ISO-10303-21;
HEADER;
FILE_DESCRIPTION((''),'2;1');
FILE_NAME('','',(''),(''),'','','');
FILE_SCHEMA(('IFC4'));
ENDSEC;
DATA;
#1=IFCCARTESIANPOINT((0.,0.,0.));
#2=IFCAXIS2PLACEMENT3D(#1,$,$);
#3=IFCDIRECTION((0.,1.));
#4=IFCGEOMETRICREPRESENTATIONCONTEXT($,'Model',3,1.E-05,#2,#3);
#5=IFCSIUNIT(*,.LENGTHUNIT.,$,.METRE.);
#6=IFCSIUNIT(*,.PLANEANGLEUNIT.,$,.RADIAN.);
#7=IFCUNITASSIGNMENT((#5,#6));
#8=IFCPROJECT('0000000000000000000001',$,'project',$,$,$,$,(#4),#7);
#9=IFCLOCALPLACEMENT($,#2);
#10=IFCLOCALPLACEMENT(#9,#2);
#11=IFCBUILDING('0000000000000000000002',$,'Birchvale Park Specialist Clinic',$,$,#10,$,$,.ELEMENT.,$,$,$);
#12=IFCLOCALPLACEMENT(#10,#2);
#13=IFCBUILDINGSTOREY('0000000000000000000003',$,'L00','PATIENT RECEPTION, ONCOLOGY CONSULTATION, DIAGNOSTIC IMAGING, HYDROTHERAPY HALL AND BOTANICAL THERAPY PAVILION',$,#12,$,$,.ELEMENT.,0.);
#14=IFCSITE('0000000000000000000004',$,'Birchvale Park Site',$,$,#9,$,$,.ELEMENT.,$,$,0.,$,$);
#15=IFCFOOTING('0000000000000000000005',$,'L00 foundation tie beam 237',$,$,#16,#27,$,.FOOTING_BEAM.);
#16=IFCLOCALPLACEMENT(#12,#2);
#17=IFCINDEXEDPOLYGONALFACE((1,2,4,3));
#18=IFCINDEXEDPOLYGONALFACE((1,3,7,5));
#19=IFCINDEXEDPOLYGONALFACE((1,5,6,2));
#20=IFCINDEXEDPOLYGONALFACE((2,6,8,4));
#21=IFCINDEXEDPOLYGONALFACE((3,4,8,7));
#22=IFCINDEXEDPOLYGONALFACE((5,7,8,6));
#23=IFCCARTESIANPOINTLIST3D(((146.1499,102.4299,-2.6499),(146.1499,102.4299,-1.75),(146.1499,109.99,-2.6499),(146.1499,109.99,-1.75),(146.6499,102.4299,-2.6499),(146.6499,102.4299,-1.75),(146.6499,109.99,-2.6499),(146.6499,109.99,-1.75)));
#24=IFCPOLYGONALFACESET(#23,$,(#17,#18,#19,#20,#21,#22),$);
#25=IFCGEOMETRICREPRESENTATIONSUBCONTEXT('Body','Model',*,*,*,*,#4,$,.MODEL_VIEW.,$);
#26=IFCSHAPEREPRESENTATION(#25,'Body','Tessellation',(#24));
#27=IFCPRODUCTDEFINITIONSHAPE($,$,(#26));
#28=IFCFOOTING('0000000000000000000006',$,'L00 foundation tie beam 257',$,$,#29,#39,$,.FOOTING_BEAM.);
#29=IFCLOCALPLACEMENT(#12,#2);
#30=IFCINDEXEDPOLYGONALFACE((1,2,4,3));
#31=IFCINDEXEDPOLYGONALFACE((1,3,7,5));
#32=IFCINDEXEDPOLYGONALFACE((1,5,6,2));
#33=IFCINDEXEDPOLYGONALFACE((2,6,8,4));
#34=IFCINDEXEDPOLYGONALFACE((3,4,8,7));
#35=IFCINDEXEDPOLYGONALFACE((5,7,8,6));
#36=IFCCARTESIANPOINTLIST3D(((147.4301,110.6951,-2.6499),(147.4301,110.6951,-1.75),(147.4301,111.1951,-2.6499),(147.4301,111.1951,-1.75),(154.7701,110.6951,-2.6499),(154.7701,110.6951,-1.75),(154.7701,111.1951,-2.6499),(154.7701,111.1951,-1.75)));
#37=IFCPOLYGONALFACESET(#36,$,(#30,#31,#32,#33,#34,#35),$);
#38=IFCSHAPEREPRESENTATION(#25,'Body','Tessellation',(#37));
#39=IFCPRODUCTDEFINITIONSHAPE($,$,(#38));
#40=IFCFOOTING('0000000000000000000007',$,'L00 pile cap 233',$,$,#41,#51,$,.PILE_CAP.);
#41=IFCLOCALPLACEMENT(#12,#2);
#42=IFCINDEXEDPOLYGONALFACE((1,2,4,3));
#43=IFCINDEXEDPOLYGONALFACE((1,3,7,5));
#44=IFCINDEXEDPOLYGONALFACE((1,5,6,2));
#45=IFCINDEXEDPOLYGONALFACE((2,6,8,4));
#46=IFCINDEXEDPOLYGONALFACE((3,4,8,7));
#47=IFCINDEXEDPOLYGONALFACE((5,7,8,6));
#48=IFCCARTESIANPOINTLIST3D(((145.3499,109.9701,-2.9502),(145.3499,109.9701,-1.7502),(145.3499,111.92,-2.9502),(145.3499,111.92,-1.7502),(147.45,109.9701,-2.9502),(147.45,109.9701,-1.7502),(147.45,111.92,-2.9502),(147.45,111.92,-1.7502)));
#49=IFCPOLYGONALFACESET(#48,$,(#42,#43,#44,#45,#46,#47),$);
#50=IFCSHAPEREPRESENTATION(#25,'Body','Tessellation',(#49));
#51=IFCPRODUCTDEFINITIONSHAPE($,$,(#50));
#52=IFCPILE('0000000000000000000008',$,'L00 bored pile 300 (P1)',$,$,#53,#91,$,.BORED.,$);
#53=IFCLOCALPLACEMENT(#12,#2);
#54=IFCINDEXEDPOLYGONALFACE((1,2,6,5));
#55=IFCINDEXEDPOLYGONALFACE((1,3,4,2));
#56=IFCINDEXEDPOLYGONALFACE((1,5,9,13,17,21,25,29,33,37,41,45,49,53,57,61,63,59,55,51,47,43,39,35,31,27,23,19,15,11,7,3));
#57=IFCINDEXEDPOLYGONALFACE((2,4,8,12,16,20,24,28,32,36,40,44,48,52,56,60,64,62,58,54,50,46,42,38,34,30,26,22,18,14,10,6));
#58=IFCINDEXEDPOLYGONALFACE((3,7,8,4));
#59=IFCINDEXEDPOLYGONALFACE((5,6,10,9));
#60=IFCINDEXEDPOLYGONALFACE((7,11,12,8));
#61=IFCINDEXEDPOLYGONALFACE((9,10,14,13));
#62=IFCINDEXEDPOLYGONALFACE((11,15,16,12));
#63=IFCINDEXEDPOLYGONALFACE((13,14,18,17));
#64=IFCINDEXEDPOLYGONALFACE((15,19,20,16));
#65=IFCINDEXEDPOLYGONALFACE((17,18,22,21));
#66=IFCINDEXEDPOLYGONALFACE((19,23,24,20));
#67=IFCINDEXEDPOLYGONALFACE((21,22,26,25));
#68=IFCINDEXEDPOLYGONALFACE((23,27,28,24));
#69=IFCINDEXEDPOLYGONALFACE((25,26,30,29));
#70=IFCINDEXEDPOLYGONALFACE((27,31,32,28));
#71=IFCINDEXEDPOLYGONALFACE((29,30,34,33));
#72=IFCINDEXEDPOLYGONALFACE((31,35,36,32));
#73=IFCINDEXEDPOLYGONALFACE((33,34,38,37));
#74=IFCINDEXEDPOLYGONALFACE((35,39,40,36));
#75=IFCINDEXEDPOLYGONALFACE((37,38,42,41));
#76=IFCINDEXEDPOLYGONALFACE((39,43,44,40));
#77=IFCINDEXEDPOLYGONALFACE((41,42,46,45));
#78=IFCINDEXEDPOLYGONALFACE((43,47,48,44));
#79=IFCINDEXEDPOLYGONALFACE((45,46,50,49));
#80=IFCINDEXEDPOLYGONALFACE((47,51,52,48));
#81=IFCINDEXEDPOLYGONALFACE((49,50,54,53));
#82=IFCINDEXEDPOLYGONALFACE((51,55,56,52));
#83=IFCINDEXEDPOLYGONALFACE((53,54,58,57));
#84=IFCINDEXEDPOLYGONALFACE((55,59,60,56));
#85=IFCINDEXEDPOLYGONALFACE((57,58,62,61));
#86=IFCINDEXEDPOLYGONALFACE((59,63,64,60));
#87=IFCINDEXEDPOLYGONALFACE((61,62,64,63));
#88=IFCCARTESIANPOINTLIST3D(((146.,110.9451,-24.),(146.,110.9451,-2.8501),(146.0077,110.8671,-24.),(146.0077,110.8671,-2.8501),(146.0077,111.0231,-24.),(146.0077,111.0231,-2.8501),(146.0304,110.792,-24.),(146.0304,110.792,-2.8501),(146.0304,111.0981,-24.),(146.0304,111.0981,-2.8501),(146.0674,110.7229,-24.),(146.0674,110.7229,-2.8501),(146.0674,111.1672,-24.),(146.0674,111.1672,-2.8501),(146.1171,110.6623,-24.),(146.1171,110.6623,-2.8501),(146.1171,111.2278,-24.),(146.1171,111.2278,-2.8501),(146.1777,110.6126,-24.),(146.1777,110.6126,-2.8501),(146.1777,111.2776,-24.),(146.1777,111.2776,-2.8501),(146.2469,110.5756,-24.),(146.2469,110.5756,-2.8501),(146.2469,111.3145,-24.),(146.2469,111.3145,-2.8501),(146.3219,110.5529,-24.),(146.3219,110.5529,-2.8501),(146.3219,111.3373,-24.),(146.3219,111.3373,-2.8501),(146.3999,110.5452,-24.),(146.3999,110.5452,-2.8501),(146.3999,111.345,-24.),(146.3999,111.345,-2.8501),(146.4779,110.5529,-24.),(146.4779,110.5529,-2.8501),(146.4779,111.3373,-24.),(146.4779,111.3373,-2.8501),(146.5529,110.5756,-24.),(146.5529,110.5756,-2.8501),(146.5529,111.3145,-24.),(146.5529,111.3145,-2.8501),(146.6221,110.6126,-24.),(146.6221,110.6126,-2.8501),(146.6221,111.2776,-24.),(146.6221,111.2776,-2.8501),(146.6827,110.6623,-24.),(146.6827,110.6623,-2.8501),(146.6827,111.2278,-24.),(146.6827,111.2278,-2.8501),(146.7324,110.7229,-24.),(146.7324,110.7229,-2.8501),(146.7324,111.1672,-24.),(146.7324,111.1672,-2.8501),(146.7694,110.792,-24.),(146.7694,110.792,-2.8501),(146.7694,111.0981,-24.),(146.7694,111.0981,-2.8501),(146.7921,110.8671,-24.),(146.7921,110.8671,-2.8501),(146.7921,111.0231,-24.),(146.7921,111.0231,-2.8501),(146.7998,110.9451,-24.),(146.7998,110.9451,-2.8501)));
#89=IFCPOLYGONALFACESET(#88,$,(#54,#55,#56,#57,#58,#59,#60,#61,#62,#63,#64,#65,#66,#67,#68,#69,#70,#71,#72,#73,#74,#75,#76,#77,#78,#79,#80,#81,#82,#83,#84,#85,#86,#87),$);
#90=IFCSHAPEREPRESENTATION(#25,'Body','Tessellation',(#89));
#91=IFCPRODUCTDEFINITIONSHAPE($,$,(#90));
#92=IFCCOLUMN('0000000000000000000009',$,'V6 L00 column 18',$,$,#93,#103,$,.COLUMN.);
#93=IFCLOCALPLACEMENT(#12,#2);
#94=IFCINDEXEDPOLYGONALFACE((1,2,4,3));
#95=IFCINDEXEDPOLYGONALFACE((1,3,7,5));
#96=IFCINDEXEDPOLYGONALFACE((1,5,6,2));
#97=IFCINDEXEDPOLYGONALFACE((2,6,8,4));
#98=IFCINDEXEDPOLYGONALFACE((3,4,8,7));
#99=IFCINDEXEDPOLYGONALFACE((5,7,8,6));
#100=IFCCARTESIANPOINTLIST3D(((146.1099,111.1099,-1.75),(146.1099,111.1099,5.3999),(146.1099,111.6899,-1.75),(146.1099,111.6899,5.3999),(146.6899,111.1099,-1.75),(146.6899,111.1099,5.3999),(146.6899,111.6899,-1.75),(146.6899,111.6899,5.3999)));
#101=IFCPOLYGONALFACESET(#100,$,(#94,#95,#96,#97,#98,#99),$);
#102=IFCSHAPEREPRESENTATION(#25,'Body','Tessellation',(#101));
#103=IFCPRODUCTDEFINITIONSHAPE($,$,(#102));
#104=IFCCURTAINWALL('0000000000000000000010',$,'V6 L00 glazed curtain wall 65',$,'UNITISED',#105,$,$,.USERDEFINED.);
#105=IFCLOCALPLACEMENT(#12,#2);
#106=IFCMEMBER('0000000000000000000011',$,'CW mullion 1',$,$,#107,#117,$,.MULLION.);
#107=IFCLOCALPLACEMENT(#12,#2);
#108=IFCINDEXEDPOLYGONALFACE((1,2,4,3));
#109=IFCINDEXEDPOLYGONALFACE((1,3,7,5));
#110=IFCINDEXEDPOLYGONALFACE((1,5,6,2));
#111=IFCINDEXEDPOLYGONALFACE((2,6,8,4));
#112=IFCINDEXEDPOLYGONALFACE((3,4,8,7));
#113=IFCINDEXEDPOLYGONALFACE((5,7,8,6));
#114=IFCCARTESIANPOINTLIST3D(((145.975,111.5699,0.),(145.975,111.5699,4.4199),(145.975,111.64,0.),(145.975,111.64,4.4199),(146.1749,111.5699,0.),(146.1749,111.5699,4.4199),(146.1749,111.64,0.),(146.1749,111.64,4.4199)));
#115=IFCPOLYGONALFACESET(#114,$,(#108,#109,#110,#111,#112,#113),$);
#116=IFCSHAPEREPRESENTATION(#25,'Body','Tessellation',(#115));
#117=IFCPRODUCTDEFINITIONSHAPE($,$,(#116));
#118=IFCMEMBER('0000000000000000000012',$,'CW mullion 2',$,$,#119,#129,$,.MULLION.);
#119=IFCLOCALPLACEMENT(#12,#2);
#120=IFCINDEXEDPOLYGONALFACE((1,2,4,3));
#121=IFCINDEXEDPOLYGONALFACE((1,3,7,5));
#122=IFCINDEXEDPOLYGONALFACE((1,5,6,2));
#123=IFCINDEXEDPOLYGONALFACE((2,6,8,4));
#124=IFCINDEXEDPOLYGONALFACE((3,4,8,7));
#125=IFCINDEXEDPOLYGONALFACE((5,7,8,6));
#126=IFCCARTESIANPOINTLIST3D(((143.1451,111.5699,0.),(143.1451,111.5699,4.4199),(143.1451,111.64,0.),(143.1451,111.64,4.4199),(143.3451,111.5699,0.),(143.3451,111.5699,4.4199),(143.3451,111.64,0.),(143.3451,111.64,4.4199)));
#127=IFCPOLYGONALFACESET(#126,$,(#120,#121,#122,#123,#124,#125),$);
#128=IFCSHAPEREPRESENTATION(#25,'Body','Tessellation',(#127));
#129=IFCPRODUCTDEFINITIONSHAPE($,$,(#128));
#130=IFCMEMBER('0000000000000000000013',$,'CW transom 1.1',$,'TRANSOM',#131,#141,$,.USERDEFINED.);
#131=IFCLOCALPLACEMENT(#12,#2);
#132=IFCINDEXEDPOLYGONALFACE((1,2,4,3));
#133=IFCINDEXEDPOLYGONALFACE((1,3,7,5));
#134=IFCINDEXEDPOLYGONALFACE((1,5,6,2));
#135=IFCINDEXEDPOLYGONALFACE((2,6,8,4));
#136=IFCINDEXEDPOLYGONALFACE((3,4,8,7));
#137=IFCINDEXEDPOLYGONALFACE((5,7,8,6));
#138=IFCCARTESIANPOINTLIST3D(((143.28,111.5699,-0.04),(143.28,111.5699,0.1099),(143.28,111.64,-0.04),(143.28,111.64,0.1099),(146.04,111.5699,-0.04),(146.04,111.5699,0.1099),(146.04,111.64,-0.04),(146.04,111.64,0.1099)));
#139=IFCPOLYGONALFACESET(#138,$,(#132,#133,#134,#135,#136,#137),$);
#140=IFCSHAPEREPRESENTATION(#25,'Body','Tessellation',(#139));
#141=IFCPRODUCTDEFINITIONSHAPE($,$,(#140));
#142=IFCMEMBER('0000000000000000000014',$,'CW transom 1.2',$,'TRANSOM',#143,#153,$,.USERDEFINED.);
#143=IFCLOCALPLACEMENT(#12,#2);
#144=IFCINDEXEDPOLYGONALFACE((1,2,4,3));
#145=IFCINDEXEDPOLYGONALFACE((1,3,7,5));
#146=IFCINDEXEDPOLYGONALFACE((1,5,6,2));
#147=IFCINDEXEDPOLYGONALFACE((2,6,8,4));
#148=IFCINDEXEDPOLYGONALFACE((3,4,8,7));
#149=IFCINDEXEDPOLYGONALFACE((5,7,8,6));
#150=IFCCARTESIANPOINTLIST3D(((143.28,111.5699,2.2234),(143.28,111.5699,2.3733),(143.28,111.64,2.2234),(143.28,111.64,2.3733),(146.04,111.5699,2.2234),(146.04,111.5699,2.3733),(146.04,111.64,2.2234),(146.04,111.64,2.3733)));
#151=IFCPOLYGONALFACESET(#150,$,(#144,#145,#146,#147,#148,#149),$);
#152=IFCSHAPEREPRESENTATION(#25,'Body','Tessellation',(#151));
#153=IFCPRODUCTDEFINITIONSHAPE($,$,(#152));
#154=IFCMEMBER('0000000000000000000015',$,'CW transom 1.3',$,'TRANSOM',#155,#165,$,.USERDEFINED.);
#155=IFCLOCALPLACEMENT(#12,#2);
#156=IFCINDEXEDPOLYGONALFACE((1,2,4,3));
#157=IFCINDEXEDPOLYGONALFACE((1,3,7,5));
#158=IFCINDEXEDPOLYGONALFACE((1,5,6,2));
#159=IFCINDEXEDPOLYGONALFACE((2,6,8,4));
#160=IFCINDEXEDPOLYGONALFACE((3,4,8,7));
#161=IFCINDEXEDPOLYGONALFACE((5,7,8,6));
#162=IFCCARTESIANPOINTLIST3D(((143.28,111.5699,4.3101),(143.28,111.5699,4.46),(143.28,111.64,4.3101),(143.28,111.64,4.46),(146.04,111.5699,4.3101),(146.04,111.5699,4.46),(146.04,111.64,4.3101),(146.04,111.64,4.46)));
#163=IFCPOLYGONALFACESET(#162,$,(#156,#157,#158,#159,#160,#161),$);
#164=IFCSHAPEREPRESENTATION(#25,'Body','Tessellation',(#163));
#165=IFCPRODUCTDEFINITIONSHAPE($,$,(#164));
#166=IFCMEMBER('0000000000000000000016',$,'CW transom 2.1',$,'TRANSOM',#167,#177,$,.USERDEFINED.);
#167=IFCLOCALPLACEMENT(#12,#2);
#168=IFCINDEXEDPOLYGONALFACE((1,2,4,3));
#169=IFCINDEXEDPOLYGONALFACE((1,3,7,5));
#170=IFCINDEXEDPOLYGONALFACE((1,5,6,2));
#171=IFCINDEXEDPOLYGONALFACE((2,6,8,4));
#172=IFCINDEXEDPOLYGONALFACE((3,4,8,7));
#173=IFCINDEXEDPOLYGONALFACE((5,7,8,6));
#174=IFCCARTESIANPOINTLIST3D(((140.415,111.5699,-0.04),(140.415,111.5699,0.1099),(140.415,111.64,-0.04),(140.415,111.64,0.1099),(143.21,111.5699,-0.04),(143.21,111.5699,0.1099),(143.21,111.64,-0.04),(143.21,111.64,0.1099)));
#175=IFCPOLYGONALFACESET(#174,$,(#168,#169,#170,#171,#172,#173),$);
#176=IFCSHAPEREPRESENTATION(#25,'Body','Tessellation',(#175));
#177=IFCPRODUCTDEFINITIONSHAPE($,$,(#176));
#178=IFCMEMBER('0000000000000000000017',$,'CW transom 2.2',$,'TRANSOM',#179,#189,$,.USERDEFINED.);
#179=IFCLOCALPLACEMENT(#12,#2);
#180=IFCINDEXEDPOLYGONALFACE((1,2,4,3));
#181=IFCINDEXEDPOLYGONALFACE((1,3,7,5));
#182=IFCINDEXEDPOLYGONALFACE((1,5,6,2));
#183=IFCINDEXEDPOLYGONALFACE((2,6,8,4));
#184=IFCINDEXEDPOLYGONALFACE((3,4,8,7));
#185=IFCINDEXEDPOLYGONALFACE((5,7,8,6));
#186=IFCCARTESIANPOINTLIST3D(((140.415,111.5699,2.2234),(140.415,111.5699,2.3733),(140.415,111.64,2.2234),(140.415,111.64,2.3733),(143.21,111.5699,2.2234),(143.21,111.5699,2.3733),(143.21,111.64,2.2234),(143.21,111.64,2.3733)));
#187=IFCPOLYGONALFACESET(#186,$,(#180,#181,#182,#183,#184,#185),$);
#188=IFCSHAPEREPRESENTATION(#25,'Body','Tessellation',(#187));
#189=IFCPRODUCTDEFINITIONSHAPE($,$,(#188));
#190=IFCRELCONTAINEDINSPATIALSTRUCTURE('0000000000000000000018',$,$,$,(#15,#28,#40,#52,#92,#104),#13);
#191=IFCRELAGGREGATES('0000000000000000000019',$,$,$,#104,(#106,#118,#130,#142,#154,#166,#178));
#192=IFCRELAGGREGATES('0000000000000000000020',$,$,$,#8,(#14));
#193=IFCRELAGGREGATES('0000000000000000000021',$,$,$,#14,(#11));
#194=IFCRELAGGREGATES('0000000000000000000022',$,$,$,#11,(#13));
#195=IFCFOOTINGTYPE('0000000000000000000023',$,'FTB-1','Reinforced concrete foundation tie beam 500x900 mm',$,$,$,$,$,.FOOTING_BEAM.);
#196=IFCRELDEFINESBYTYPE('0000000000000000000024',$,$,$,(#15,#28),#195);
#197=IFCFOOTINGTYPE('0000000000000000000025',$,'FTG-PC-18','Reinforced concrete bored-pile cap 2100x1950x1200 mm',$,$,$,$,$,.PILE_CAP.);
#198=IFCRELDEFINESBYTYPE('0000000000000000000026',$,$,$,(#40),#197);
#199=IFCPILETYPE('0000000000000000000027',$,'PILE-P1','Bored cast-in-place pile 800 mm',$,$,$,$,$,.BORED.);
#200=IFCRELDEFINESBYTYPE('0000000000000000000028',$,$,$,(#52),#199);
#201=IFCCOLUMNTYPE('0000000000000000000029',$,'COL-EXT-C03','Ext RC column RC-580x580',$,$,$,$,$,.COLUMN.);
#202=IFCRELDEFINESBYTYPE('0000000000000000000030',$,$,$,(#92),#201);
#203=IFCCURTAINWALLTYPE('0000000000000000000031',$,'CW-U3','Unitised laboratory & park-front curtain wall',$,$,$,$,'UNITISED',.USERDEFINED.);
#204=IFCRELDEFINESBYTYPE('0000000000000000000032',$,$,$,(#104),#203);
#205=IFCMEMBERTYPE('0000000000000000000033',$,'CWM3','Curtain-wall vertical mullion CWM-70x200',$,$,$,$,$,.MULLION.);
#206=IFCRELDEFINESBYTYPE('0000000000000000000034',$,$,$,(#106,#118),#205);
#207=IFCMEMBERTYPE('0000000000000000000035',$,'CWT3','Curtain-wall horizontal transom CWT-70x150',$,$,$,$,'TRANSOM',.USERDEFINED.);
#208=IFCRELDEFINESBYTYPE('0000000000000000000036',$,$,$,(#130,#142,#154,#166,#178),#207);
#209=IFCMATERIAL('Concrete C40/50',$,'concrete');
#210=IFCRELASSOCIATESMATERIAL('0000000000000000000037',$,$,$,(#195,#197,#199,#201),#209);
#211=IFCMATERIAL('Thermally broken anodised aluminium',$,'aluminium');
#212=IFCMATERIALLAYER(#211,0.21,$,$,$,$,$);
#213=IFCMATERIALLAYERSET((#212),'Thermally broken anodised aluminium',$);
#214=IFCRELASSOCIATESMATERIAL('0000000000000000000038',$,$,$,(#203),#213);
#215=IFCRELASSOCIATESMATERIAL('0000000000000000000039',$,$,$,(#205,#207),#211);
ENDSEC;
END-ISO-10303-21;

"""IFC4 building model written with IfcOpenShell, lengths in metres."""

from ifc_helpers import new_model, si_unit, direction, frame, origin, origin_2d, place, context, subcontext, project, spatial, rectangle, circle, extrude, material, layer, layer_set, material_profile, profile_set, type_object, element, aggregate, save


model = new_model("IFC4")

# Units and contexts
model_context = context("Model", 3, precision=1e-05, world=origin(), true_north=direction((0.0, 1.0)))
body_context = subcontext(model_context, "Body", "Model", "MODEL_VIEW")
ifc_project = project(units=[si_unit("LENGTHUNIT", "METRE"), si_unit("PLANEANGLEUNIT", "RADIAN")], contexts=[model_context])

# Site, building, storey
site_placement = place(None, origin())
site = spatial("IfcSite", under=ifc_project, at=site_placement, Name="Birchvale Park Site", CompositionType="ELEMENT", RefElevation=0.0)
building_placement = place(site_placement, origin())
building = spatial("IfcBuilding", under=site, at=building_placement, Name="Birchvale Park Specialist Clinic", CompositionType="ELEMENT")
storey_placement = place(building_placement, origin())
storey = spatial("IfcBuildingStorey", under=building, at=storey_placement, Name="L00", Description="PATIENT RECEPTION, ONCOLOGY CONSULTATION, DIAGNOSTIC IMAGING, HYDROTHERAPY HALL AND BOTANICAL THERAPY PAVILION", CompositionType="ELEMENT", Elevation=0.0)

# Footings
ifc_material_1 = material(Name="Concrete C40/50", Category="concrete")
footing_type_1 = type_object("IfcFootingType", Name="FTB-1", Description="Reinforced concrete foundation tie beam 500x900 mm", PredefinedType="FOOTING_BEAM", material=ifc_material_1)
footing_1_placement = place(storey_placement, frame((146.3999, 106.21, -2.6499), z_axis=(0.0, 0.0, 1.0), x_axis=(1.0, 0.0, 0.0)))
element("IfcFooting", 1, at=footing_1_placement, inside=storey, type_object=footing_type_1, Name="L00 foundation tie beam 237", PredefinedType="FOOTING_BEAM", context=body_context, shape_type="SweptSolid", body=[
    extrude(rectangle(XDim=0.5, YDim=7.5601, at=origin_2d()), origin(), (0.0, 0.0, 1.0), 0.8999),
])
footing_2_placement = place(storey_placement, frame((151.1001, 110.9451, -2.6499), z_axis=(0.0, 0.0, 1.0), x_axis=(1.0, 0.0, 0.0)))
element("IfcFooting", 2, at=footing_2_placement, inside=storey, type_object=footing_type_1, Name="L00 foundation tie beam 257", PredefinedType="FOOTING_BEAM", context=body_context, shape_type="SweptSolid", body=[
    extrude(rectangle(XDim=7.3401, YDim=0.5, at=origin_2d()), origin(), (0.0, 0.0, 1.0), 0.8999),
])
footing_type_2 = type_object("IfcFootingType", Name="FTG-PC-18", Description="Reinforced concrete bored-pile cap 2100x1950x1200 mm", PredefinedType="PILE_CAP", material=ifc_material_1)
footing_3_placement = place(storey_placement, frame((146.3999, 110.9451, -2.9502), z_axis=(0.0, 0.0, 1.0), x_axis=(1.0, 0.0, 0.0)))
element("IfcFooting", 3, at=footing_3_placement, inside=storey, type_object=footing_type_2, Name="L00 pile cap 233", PredefinedType="PILE_CAP", context=body_context, shape_type="SweptSolid", body=[
    extrude(rectangle(XDim=2.1001, YDim=1.95, at=origin_2d()), origin(), (0.0, 0.0, 1.0), 1.2),
])

# Pile
ifc_material_profile_1 = material_profile(ifc_material_1, circle(Radius=0.3999, at=origin_2d()), Name="PILE-800")
ifc_profile_set_1 = profile_set([ifc_material_profile_1], Name="Concrete C40/50")
pile_type = type_object("IfcPileType", Name="PILE-P1", Description="Bored cast-in-place pile 800 mm", PredefinedType="BORED", material=ifc_profile_set_1)
pile_placement = place(storey_placement, frame((146.3999, 110.9451, -2.8501), z_axis=(0.0, 0.0, -1.0), x_axis=(1.0, 0.0, 0.0)))
element("IfcPile", 4, at=pile_placement, inside=storey, type_object=pile_type, Name="L00 bored pile 300 (P1)", PredefinedType="BORED", context=body_context, shape_type="SweptSolid", body=[
    extrude(circle(Radius=0.3999, at=origin_2d()), origin(), (0.0, 0.0, 1.0), 21.1499),
])

# Column
ifc_material_profile_2 = material_profile(ifc_material_1, rectangle(XDim=0.5801, YDim=0.5801, at=origin_2d()), Name="RC-580x580")
ifc_profile_set_2 = profile_set([ifc_material_profile_2], Name="Concrete C40/50")
column_type = type_object("IfcColumnType", Name="COL-EXT-C03", Description="Ext RC column RC-580x580", PredefinedType="COLUMN", material=ifc_profile_set_2)
column_placement = place(storey_placement, frame((146.3999, 111.3999, -1.75), z_axis=(0.0, 0.0, 1.0), x_axis=(1.0, 0.0, 0.0)))
element("IfcColumn", 5, at=column_placement, inside=storey, type_object=column_type, Name="V6 L00 column 18", PredefinedType="COLUMN", context=body_context, shape_type="SweptSolid", body=[
    extrude(rectangle(XDim=0.5801, YDim=0.5801, at=origin_2d()), origin(), (0.0, 0.0, 1.0), 7.1499),
])

# Curtain wall, members
ifc_material_2 = material(Name="Thermally broken anodised aluminium", Category="aluminium")
ifc_layer_1 = layer(ifc_material_2, 0.21)
ifc_layer_set_1 = layer_set([ifc_layer_1], Name="Thermally broken anodised aluminium")
curtain_wall_type = type_object("IfcCurtainWallType", Name="CW-U3", Description="Unitised laboratory & park-front curtain wall", ElementType="UNITISED", PredefinedType="USERDEFINED", material=ifc_layer_set_1)
curtain_wall_placement = place(storey_placement, origin())
curtain_wall = element("IfcCurtainWall", 6, at=curtain_wall_placement, inside=storey, type_object=curtain_wall_type, Name="V6 L00 glazed curtain wall 65", ObjectType="UNITISED", PredefinedType="USERDEFINED")
ifc_material_profile_3 = material_profile(ifc_material_2, rectangle(XDim=0.0701, YDim=0.2, at=origin_2d()), Name="CWM-70x200")
ifc_profile_set_3 = profile_set([ifc_material_profile_3], Name="Thermally broken anodised aluminium")
member_type_1 = type_object("IfcMemberType", Name="CWM3", Description="Curtain-wall vertical mullion CWM-70x200", PredefinedType="MULLION", material=ifc_profile_set_3)
member_1_placement = place(storey_placement, frame((146.075, 111.605, 0.0), z_axis=(0.0, 0.0, 1.0), x_axis=(0.0, -1.0, 0.0)))
member_1 = element("IfcMember", 7, at=member_1_placement, type_object=member_type_1, Name="CW mullion 1", PredefinedType="MULLION", context=body_context, shape_type="SweptSolid", body=[
    extrude(rectangle(XDim=0.0701, YDim=0.2, at=origin_2d()), origin(), (0.0, 0.0, 1.0), 4.4199),
])
member_2_placement = place(storey_placement, frame((143.2451, 111.605, 0.0), z_axis=(0.0, 0.0, 1.0), x_axis=(0.0, -1.0, 0.0)))
member_2 = element("IfcMember", 8, at=member_2_placement, type_object=member_type_1, Name="CW mullion 2", PredefinedType="MULLION", context=body_context, shape_type="SweptSolid", body=[
    extrude(rectangle(XDim=0.0701, YDim=0.2, at=origin_2d()), origin(), (0.0, 0.0, 1.0), 4.4199),
])
ifc_material_profile_4 = material_profile(ifc_material_2, rectangle(XDim=0.0701, YDim=0.1499, at=origin_2d()), Name="CWT-70x150")
ifc_profile_set_4 = profile_set([ifc_material_profile_4], Name="Thermally broken anodised aluminium")
member_type_2 = type_object("IfcMemberType", Name="CWT3", Description="Curtain-wall horizontal transom CWT-70x150", ElementType="TRANSOM", PredefinedType="USERDEFINED", material=ifc_profile_set_4)
member_3_placement = place(storey_placement, frame((146.04, 111.605, 0.0349), z_axis=(-1.0, 0.0, 0.0), x_axis=(0.0, -1.0, 0.0)))
member_3 = element("IfcMember", 9, at=member_3_placement, type_object=member_type_2, Name="CW transom 1.1", ObjectType="TRANSOM", PredefinedType="USERDEFINED", context=body_context, shape_type="SweptSolid", body=[
    extrude(rectangle(XDim=0.0701, YDim=0.1499, at=origin_2d()), origin(), (0.0, 0.0, 1.0), 2.76),
])
member_4_placement = place(storey_placement, frame((146.04, 111.605, 2.2983), z_axis=(-1.0, 0.0, 0.0), x_axis=(0.0, -1.0, 0.0)))
member_4 = element("IfcMember", 10, at=member_4_placement, type_object=member_type_2, Name="CW transom 1.2", ObjectType="TRANSOM", PredefinedType="USERDEFINED", context=body_context, shape_type="SweptSolid", body=[
    extrude(rectangle(XDim=0.0701, YDim=0.1499, at=origin_2d()), origin(), (0.0, 0.0, 1.0), 2.76),
])
member_5_placement = place(storey_placement, frame((146.04, 111.605, 4.385), z_axis=(-1.0, 0.0, 0.0), x_axis=(0.0, -1.0, 0.0)))
member_5 = element("IfcMember", 11, at=member_5_placement, type_object=member_type_2, Name="CW transom 1.3", ObjectType="TRANSOM", PredefinedType="USERDEFINED", context=body_context, shape_type="SweptSolid", body=[
    extrude(rectangle(XDim=0.0701, YDim=0.1499, at=origin_2d()), origin(), (0.0, 0.0, 1.0), 2.76),
])
member_6_placement = place(storey_placement, frame((143.21, 111.605, 0.0349), z_axis=(-1.0, 0.0, 0.0), x_axis=(0.0, -1.0, 0.0)))
member_6 = element("IfcMember", 12, at=member_6_placement, type_object=member_type_2, Name="CW transom 2.1", ObjectType="TRANSOM", PredefinedType="USERDEFINED", context=body_context, shape_type="SweptSolid", body=[
    extrude(rectangle(XDim=0.0701, YDim=0.1499, at=origin_2d()), origin(), (0.0, 0.0, 1.0), 2.7949),
])
member_7_placement = place(storey_placement, frame((143.21, 111.605, 2.2983), z_axis=(-1.0, 0.0, 0.0), x_axis=(0.0, -1.0, 0.0)))
member_7 = element("IfcMember", 13, at=member_7_placement, type_object=member_type_2, Name="CW transom 2.2", ObjectType="TRANSOM", PredefinedType="USERDEFINED", context=body_context, shape_type="SweptSolid", body=[
    extrude(rectangle(XDim=0.0701, YDim=0.1499, at=origin_2d()), origin(), (0.0, 0.0, 1.0), 2.7949),
])
aggregate(curtain_wall, [member_1, member_2, member_3, member_4, member_5, member_6, member_7])

save(model, "model.ifc")
